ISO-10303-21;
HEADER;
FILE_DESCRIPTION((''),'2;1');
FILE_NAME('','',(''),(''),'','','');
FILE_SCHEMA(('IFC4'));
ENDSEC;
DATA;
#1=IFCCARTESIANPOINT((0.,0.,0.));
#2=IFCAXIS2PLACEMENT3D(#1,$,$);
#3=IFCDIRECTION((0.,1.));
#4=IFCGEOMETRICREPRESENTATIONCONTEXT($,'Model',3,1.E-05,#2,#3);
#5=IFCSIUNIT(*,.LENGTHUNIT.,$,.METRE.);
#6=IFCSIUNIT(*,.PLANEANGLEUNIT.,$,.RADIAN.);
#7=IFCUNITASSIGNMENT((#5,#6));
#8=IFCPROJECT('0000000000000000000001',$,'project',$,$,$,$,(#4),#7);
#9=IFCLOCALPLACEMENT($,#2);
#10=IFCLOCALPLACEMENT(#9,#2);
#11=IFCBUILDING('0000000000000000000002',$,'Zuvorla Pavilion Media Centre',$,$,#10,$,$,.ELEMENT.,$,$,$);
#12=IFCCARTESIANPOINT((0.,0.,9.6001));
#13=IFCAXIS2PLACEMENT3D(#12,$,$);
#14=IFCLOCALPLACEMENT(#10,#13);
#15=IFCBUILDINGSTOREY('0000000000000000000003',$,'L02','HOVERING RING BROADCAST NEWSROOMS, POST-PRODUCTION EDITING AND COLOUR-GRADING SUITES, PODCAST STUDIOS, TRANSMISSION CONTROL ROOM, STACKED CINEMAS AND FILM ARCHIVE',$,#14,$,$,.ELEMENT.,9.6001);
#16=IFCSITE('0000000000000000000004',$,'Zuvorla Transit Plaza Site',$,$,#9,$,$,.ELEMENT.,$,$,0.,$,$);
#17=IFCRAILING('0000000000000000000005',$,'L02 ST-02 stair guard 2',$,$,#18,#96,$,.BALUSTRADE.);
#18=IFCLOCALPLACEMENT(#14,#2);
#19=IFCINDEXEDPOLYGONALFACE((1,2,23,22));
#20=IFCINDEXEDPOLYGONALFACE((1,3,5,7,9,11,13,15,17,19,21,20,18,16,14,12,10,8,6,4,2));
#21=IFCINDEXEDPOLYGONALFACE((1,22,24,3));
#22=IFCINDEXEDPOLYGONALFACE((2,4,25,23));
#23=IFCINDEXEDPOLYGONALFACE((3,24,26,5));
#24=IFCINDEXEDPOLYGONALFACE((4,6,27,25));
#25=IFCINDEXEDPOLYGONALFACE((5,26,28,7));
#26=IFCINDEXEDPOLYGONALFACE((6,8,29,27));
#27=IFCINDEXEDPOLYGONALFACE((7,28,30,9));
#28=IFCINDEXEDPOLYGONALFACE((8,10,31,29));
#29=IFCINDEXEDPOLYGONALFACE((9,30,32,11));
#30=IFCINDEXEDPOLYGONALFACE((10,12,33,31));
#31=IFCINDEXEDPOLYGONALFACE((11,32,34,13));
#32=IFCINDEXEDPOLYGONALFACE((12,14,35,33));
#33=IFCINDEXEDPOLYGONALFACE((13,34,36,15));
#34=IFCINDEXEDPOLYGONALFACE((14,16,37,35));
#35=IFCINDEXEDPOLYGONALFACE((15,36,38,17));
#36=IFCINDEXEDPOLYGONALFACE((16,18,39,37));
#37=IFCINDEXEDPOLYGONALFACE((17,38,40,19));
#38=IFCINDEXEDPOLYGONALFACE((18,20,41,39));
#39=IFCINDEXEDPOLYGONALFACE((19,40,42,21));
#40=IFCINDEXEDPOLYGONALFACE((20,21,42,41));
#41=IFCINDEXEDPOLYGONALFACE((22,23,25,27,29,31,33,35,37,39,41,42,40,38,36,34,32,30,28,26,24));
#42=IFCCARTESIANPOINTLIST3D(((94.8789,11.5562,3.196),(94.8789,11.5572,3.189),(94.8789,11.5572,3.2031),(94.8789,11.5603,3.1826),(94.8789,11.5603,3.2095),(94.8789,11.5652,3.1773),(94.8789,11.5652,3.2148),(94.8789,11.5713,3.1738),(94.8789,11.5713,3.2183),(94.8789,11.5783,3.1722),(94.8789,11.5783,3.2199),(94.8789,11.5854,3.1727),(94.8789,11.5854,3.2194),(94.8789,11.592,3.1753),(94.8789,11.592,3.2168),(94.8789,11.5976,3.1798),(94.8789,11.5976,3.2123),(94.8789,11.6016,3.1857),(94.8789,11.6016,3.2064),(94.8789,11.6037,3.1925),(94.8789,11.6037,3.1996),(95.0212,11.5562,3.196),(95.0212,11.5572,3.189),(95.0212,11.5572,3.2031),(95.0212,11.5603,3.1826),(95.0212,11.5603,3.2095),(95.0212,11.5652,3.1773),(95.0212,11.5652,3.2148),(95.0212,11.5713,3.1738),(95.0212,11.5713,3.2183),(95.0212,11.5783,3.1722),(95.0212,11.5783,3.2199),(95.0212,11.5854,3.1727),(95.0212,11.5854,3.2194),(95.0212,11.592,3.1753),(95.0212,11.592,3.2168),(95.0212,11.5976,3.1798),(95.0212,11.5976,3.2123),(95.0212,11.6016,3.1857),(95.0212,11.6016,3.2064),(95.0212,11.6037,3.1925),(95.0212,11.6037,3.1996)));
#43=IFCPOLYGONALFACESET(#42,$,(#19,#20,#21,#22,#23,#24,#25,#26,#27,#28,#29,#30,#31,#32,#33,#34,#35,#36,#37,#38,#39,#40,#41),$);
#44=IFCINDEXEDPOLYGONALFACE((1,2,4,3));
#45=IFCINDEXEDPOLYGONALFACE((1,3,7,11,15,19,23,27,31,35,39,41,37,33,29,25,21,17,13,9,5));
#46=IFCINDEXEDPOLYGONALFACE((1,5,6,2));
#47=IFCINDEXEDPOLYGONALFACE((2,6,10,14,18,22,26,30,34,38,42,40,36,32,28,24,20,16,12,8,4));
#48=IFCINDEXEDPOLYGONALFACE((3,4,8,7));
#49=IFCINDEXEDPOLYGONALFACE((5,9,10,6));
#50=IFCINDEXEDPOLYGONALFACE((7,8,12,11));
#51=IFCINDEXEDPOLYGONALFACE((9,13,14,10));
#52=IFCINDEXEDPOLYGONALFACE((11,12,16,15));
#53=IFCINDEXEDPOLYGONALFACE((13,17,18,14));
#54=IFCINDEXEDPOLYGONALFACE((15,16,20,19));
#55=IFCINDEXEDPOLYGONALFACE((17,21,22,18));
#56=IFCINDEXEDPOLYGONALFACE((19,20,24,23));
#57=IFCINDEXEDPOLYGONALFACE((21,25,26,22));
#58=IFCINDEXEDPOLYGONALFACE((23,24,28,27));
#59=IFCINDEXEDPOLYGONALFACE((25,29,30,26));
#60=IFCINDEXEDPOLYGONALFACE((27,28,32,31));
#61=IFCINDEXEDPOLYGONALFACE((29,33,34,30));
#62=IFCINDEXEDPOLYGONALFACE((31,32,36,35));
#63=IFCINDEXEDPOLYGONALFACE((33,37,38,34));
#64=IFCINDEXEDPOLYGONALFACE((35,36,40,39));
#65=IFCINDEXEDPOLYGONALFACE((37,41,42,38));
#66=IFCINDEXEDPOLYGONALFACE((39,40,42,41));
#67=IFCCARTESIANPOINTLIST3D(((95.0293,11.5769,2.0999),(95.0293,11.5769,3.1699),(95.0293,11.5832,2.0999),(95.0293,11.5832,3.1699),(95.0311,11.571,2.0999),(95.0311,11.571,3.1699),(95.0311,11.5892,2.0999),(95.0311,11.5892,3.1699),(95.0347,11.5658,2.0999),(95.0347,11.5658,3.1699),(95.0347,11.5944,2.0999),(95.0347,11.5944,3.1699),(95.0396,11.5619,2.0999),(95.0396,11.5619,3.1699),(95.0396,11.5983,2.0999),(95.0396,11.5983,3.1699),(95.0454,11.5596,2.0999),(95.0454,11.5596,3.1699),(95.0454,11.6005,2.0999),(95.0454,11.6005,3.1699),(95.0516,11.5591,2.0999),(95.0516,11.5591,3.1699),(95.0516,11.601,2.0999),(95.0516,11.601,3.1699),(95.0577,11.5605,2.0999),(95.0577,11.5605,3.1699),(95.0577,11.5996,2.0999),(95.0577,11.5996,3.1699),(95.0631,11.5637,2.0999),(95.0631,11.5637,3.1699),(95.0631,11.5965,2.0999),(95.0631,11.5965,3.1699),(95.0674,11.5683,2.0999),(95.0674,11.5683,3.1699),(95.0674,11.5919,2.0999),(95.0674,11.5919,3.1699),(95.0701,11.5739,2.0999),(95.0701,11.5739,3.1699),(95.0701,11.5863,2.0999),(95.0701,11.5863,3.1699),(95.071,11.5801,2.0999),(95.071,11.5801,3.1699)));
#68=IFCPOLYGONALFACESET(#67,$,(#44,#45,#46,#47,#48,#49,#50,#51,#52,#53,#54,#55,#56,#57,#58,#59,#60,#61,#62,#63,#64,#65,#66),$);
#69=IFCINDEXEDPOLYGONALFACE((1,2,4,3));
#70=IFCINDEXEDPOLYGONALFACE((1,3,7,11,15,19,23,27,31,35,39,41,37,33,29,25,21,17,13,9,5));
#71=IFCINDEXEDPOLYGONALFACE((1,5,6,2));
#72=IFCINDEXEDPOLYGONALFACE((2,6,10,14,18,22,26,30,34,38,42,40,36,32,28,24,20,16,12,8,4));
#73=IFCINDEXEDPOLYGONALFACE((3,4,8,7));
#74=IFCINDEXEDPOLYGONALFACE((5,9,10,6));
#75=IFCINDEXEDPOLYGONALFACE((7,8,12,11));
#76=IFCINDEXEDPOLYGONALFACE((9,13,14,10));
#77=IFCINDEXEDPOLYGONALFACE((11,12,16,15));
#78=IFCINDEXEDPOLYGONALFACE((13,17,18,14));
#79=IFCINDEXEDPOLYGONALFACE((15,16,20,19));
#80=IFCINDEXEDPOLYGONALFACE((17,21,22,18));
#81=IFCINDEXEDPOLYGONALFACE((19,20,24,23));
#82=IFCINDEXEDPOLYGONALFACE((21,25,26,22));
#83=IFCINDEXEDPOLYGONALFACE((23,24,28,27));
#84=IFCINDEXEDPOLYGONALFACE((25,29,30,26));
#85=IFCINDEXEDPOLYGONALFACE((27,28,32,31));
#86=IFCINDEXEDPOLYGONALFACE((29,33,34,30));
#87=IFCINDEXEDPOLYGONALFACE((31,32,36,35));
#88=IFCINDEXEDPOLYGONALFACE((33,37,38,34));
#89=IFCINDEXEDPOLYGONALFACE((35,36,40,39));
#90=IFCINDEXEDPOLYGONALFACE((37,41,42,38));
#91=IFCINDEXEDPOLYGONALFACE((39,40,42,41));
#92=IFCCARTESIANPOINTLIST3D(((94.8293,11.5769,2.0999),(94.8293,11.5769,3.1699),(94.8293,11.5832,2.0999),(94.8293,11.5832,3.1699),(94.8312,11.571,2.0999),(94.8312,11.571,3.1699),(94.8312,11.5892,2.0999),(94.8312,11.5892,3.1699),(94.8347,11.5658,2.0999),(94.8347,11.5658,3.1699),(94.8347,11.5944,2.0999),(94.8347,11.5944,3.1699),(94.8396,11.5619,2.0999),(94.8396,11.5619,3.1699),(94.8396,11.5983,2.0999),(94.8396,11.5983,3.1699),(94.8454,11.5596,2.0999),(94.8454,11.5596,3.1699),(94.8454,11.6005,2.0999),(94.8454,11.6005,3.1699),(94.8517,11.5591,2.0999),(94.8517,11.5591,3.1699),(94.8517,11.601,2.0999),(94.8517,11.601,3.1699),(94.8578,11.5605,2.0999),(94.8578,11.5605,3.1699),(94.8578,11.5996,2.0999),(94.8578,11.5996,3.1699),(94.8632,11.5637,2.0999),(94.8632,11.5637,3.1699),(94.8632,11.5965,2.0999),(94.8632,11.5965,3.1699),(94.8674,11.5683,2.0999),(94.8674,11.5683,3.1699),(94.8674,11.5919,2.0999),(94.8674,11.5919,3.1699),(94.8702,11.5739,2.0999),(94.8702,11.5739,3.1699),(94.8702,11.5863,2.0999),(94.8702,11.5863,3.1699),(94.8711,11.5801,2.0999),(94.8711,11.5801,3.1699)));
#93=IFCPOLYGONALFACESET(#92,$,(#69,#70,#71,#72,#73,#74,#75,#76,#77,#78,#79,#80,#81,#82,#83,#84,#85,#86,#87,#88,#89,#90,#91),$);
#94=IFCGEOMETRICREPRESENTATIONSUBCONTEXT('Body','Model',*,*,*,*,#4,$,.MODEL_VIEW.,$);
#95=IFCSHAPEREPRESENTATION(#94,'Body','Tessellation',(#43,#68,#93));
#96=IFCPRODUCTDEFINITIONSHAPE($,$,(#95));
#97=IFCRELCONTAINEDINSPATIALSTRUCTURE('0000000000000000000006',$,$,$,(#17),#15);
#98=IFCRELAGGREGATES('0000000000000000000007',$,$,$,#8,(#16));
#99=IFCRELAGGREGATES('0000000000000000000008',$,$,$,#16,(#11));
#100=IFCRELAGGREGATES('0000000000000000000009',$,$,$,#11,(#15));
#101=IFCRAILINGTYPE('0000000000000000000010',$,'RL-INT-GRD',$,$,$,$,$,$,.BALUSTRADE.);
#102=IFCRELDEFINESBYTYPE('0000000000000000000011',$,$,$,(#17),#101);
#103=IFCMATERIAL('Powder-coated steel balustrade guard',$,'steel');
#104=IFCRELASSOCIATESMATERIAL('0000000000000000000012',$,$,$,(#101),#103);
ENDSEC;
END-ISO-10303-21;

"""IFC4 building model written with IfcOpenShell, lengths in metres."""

from ifc_helpers import new_model, si_unit, direction, frame, origin, origin_2d, place, context, subcontext, project, spatial, circle, extrude, material, type_object, element, save


model = new_model("IFC4")

# Units and contexts
model_context = context("Model", 3, precision=1e-05, world=origin(), true_north=direction((0.0, 1.0)))
body_context = subcontext(model_context, "Body", "Model", "MODEL_VIEW")
ifc_project = project(units=[si_unit("LENGTHUNIT", "METRE"), si_unit("PLANEANGLEUNIT", "RADIAN")], contexts=[model_context])

# Site, building, storey
site_placement = place(None, origin())
site = spatial("IfcSite", under=ifc_project, at=site_placement, Name="Zuvorla Transit Plaza Site", CompositionType="ELEMENT", RefElevation=0.0)
building_placement = place(site_placement, origin())
building = spatial("IfcBuilding", under=site, at=building_placement, Name="Zuvorla Pavilion Media Centre", CompositionType="ELEMENT")
storey_placement = place(building_placement, frame((0.0, 0.0, 9.6001)))
storey = spatial("IfcBuildingStorey", under=building, at=storey_placement, Name="L02", Description="HOVERING RING BROADCAST NEWSROOMS, POST-PRODUCTION EDITING AND COLOUR-GRADING SUITES, PODCAST STUDIOS, TRANSMISSION CONTROL ROOM, STACKED CINEMAS AND FILM ARCHIVE", CompositionType="ELEMENT", Elevation=9.6001)

# Railing
ifc_material_1 = material(Name="Powder-coated steel balustrade guard", Category="steel")
railing_type_1 = type_object("IfcRailingType", Name="RL-INT-GRD", PredefinedType="BALUSTRADE", material=ifc_material_1)
railing_1_placement = place(storey_placement, frame((95.05, 11.5801, 2.0999)))
element("IfcRailing", 1, at=railing_1_placement, inside=storey, type_object=railing_type_1, Name="L02 ST-02 stair guard 2", PredefinedType="BALUSTRADE", context=body_context, shape_type="SweptSolid", body=[
    extrude(circle(Radius=0.0239, at=origin_2d()), frame((-0.0288, 0.0, 1.0962), z_axis=(-1.0, 0.0, 0.0), x_axis=(0.0, -1.0, 0.0)), (0.0, 0.0, 1.0), 0.1423),
    extrude(circle(Radius=0.021, at=origin_2d()), origin(), (0.0, 0.0, 1.0), 1.0701),
    extrude(circle(Radius=0.021, at=origin_2d()), frame((-0.2, 0.0, 0.0)), (0.0, 0.0, 1.0), 1.0701),
])

save(model, "model.ifc")
